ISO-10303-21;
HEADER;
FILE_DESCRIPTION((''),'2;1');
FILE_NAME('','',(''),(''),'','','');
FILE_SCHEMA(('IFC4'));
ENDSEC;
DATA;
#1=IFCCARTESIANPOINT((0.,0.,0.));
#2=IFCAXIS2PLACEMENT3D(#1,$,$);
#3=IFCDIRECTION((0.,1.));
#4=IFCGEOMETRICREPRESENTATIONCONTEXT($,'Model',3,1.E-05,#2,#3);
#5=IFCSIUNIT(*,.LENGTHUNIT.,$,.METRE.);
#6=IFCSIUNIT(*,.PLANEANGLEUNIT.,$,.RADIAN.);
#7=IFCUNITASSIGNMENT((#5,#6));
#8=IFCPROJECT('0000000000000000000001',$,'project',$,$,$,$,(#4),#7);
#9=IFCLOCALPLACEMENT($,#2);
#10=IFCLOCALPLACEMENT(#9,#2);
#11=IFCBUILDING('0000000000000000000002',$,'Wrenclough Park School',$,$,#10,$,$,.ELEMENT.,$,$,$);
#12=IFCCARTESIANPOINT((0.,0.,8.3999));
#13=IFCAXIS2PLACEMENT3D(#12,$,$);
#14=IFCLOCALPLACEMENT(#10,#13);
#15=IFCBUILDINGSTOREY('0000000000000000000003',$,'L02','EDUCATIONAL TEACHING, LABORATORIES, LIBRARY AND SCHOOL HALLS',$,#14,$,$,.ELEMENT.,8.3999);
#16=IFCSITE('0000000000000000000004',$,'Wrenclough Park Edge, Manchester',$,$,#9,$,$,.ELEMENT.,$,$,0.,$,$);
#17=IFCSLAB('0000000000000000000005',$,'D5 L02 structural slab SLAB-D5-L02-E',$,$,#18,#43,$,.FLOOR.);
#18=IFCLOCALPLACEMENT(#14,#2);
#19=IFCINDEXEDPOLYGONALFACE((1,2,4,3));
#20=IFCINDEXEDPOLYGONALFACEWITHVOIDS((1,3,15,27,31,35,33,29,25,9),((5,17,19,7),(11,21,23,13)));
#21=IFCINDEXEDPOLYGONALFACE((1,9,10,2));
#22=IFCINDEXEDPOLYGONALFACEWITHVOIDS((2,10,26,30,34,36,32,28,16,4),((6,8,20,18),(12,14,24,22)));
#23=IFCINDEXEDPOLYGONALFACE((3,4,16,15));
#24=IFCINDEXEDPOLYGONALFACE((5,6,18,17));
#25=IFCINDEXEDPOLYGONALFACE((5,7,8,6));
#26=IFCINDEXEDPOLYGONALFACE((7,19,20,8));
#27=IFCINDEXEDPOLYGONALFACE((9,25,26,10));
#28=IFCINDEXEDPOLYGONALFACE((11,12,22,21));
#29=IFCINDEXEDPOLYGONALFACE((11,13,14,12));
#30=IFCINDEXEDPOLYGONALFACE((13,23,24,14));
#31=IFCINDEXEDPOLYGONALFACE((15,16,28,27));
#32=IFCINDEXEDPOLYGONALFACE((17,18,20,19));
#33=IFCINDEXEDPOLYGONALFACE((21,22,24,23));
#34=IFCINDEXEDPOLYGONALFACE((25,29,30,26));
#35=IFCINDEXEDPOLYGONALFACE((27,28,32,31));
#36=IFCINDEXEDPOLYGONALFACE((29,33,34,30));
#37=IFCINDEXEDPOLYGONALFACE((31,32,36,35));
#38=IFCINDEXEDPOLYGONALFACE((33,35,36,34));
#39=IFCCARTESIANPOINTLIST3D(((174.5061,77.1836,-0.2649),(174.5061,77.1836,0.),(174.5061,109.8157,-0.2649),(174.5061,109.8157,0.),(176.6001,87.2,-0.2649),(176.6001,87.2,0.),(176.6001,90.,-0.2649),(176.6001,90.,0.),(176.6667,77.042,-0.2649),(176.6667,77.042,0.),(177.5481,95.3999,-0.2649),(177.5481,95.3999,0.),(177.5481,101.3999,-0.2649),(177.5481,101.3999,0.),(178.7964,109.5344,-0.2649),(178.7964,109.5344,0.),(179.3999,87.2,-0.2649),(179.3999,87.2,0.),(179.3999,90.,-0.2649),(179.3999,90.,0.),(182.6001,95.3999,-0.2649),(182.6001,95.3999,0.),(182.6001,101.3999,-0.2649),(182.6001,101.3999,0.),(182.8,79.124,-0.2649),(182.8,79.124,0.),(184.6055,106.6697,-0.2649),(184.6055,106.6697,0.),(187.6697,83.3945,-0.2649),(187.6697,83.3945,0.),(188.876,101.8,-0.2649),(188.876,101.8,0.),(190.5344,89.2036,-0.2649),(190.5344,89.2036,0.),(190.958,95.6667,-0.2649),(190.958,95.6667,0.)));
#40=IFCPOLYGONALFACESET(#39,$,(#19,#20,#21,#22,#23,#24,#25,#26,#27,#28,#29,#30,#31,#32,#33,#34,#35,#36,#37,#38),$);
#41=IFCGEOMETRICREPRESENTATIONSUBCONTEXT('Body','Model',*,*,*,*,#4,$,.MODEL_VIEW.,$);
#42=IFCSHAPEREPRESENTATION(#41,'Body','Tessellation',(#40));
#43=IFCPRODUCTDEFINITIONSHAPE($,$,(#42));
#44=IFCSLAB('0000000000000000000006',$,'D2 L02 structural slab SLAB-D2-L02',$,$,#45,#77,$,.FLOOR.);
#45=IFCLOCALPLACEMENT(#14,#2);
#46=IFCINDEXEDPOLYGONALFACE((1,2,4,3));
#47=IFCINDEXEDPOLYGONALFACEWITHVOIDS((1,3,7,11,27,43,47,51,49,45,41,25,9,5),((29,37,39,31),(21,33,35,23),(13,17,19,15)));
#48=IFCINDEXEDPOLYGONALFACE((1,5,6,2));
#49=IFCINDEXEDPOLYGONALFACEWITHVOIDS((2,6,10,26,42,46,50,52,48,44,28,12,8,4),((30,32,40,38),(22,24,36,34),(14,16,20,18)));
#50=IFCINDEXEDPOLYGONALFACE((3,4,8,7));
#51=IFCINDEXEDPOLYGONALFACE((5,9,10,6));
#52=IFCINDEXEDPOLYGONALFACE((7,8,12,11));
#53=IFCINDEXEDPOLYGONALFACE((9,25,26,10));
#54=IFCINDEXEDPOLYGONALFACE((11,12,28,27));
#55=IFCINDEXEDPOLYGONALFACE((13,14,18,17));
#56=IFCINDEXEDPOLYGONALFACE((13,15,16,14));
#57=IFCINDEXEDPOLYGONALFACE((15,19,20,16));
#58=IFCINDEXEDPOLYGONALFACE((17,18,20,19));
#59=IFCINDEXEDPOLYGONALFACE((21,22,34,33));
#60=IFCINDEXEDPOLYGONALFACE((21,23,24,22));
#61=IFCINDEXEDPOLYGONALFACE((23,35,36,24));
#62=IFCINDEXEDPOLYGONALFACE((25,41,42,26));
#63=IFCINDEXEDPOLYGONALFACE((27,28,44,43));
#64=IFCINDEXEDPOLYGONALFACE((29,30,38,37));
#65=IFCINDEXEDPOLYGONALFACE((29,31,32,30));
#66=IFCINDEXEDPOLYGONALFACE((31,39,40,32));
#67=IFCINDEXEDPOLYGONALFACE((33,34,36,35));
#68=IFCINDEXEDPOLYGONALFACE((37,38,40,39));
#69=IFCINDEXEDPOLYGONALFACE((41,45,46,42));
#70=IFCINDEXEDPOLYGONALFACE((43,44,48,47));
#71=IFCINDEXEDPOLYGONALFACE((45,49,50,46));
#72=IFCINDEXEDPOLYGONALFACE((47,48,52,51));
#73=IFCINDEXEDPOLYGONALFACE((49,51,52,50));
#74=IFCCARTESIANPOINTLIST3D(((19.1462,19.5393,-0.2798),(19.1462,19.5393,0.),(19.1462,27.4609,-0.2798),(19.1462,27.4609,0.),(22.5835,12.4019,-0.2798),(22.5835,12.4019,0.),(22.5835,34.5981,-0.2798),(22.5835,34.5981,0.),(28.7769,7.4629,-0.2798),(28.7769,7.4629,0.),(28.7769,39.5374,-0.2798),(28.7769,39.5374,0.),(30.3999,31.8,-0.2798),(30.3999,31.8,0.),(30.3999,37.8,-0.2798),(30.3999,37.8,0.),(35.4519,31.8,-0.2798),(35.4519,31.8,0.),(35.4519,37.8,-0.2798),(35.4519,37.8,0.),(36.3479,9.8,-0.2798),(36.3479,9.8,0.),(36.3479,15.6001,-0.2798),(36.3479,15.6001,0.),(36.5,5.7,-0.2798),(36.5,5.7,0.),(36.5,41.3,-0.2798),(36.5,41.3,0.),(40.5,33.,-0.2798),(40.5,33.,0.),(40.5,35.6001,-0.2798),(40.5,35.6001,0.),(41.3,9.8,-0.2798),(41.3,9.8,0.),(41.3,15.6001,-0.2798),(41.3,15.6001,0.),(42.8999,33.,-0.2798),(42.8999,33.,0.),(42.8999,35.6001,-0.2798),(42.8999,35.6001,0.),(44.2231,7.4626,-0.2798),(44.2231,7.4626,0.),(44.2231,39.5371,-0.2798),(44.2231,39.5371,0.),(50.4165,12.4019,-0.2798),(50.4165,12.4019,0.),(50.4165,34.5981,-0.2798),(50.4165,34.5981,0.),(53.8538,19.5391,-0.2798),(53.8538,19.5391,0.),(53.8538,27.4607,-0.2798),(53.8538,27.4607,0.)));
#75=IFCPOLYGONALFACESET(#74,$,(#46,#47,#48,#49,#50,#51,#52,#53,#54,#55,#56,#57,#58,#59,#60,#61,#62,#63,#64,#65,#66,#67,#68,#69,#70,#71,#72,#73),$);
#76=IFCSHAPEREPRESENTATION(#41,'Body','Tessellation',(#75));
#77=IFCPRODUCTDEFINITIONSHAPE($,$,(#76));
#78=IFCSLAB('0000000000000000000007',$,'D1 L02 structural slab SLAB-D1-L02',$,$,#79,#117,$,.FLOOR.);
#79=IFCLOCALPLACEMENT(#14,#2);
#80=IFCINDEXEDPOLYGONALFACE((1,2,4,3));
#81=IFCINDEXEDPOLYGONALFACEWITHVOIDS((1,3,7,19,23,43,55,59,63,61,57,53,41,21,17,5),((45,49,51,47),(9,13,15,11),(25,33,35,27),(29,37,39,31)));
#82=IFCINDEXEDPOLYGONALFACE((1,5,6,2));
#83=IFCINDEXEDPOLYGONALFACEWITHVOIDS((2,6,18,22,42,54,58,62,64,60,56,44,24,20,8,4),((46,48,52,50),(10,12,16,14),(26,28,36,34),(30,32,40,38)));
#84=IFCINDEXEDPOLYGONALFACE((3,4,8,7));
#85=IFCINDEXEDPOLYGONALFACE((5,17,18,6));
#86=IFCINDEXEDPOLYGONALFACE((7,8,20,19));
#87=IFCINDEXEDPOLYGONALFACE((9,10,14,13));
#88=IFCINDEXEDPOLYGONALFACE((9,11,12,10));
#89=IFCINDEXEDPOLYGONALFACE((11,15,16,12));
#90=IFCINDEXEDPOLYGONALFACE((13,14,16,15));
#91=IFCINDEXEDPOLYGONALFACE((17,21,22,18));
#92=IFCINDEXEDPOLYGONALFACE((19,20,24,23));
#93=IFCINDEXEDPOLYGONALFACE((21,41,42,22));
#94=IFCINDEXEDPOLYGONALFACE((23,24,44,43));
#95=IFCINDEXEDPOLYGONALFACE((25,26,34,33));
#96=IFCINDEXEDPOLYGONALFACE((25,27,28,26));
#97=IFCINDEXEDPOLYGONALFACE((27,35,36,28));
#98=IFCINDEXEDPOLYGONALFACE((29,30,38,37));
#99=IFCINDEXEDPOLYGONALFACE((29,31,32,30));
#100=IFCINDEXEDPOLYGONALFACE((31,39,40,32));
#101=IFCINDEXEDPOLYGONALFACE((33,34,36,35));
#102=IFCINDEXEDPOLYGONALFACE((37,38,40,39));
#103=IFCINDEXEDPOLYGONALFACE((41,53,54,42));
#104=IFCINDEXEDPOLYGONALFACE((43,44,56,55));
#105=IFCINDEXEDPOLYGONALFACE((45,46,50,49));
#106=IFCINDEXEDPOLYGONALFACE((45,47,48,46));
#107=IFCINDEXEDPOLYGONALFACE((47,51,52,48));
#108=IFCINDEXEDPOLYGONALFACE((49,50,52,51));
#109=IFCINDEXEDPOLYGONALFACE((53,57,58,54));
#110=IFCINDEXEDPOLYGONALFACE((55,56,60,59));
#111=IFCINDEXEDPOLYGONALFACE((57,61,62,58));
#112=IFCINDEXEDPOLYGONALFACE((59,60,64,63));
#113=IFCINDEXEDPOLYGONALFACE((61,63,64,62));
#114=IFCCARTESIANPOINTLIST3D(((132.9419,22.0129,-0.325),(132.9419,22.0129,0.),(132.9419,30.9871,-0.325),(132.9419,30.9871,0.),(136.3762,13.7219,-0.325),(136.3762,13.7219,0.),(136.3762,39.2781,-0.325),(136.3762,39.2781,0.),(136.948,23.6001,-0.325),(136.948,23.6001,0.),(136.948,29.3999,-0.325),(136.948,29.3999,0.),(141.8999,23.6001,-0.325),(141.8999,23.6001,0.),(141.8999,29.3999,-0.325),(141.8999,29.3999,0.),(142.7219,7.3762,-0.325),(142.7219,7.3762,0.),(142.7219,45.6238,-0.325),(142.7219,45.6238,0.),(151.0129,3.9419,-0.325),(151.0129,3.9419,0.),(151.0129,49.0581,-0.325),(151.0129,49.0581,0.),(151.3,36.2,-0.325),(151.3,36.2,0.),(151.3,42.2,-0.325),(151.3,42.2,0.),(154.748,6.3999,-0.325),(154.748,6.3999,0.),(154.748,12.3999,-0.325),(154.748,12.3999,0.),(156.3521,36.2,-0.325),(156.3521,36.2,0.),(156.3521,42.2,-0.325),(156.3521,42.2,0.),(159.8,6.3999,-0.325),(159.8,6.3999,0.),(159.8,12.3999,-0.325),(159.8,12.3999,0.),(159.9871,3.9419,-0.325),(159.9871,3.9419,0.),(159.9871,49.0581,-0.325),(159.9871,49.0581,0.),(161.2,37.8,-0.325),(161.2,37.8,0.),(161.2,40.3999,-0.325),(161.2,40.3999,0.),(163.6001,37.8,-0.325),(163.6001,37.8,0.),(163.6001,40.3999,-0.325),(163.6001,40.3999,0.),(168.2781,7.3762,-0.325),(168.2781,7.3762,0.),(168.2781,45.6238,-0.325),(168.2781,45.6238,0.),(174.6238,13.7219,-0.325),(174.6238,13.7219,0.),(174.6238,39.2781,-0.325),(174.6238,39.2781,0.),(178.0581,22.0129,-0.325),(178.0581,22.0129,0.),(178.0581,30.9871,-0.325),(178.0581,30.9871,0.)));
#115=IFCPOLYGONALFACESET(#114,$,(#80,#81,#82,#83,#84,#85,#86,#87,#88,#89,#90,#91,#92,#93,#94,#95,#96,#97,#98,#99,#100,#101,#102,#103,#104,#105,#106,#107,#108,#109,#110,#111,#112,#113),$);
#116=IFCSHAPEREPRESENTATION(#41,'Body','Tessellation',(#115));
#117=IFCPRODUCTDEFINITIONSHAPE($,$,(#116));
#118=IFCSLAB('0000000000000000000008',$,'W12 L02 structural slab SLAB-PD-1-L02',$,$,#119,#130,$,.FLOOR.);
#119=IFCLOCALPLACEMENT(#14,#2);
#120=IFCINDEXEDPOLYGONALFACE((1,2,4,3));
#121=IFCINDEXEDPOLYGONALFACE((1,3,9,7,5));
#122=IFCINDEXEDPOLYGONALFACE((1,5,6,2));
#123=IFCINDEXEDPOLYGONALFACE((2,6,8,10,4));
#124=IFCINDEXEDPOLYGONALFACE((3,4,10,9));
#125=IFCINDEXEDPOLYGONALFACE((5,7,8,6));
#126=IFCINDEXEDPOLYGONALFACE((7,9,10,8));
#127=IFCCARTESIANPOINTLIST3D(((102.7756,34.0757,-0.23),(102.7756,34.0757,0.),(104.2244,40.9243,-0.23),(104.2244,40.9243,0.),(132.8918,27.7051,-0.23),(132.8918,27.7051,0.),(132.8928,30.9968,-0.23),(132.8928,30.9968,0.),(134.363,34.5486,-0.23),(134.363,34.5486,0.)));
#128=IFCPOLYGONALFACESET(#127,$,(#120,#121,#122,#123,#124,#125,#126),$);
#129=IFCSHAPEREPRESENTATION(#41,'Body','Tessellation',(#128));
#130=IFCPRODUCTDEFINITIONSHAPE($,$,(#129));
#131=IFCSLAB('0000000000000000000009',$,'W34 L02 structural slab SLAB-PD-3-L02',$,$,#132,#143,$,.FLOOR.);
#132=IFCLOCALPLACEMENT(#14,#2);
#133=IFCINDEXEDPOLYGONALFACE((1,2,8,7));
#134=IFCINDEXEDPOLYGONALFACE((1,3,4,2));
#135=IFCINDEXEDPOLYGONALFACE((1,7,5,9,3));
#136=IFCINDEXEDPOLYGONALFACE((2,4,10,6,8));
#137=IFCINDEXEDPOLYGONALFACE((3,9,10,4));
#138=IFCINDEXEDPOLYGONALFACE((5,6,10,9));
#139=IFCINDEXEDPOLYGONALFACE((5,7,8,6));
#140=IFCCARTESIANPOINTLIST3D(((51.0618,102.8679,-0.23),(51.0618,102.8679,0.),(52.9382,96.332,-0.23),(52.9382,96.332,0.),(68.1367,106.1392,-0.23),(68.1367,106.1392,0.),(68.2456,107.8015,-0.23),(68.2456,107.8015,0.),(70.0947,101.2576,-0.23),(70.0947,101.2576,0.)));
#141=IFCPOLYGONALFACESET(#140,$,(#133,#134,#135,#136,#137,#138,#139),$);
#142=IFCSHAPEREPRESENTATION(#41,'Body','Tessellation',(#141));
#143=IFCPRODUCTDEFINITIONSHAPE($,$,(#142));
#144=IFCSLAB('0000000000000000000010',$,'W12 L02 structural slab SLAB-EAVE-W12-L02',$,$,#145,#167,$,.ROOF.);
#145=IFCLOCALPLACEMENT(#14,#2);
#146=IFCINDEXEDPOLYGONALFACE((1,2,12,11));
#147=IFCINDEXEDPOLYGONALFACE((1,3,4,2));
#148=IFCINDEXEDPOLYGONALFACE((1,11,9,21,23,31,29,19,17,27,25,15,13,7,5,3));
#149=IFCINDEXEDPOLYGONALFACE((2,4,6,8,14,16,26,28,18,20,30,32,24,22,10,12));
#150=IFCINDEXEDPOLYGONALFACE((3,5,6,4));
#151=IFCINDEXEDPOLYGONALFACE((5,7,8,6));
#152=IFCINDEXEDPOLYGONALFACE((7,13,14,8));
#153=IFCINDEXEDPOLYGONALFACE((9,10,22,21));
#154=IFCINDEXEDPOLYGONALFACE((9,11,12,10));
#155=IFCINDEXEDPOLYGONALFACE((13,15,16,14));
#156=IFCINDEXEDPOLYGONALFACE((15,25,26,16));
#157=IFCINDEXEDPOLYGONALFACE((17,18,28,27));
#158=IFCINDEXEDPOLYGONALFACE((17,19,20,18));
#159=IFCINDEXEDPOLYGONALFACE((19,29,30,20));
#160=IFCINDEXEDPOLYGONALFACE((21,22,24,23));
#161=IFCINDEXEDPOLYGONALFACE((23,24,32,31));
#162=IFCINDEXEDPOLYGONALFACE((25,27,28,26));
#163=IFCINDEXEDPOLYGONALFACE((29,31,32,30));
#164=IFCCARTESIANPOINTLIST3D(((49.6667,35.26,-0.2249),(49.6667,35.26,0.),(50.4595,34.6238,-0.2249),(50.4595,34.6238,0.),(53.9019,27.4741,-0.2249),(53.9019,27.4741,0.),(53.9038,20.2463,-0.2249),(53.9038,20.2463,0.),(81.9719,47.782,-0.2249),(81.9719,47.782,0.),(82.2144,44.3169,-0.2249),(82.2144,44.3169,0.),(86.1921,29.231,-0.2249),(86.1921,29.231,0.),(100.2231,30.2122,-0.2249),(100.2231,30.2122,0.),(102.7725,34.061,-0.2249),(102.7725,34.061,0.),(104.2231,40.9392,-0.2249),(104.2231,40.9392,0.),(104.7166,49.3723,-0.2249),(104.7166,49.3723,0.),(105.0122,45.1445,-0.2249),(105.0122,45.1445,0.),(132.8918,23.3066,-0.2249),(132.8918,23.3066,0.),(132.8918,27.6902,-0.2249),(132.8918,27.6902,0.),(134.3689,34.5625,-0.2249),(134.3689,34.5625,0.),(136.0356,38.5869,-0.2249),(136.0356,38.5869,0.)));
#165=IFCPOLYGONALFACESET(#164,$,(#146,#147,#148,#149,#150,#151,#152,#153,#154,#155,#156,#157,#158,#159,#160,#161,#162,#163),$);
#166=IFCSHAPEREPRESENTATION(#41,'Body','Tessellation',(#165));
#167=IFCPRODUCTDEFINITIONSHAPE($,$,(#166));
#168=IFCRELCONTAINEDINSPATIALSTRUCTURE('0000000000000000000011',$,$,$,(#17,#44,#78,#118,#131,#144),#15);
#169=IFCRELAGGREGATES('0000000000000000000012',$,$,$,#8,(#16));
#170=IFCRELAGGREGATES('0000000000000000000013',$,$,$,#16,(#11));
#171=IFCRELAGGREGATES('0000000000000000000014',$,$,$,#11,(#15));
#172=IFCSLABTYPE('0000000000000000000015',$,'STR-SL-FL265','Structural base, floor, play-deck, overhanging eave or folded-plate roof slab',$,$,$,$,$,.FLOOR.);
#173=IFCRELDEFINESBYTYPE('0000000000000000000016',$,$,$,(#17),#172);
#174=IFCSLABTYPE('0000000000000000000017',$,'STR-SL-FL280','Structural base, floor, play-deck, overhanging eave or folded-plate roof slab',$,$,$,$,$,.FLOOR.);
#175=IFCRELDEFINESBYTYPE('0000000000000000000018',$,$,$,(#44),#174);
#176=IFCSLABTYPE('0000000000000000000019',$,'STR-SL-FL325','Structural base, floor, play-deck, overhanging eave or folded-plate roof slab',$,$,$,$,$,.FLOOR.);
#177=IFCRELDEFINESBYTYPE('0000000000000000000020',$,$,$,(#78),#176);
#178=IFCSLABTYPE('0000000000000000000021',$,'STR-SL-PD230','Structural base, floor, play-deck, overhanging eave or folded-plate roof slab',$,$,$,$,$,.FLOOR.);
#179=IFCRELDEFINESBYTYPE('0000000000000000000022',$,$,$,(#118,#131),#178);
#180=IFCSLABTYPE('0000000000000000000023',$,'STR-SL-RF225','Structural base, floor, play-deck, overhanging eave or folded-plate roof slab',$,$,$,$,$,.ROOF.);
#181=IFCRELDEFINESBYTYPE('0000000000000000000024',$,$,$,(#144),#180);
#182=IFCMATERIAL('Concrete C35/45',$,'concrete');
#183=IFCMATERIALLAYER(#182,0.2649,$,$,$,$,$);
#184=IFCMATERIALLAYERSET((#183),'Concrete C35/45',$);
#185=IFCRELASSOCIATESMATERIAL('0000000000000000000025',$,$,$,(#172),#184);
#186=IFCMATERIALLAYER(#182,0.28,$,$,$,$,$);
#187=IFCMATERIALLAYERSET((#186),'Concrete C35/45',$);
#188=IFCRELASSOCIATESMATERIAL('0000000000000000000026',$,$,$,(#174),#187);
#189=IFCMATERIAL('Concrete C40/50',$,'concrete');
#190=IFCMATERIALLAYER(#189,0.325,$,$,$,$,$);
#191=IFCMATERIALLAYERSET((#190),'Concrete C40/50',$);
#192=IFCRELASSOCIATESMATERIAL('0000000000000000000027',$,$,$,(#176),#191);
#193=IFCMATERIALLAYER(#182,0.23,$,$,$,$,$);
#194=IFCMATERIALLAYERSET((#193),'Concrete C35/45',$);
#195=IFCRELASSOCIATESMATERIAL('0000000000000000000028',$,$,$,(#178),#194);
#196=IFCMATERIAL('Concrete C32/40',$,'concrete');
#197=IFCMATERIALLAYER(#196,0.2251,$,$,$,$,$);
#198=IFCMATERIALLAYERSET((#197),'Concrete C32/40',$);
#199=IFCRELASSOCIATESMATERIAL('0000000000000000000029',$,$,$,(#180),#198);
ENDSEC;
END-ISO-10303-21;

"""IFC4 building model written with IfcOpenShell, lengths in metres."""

from ifc_helpers import new_model, si_unit, direction, frame, origin, place, context, subcontext, project, spatial, polyline, outline, extrude, material, layer, layer_set, type_object, element, save


model = new_model("IFC4")

# Units and contexts
model_context = context("Model", 3, precision=1e-05, world=origin(), true_north=direction((0.0, 1.0)))
body_context = subcontext(model_context, "Body", "Model", "MODEL_VIEW")
ifc_project = project(units=[si_unit("LENGTHUNIT", "METRE"), si_unit("PLANEANGLEUNIT", "RADIAN")], contexts=[model_context])

# Site, building, storey
site_placement = place(None, origin())
site = spatial("IfcSite", under=ifc_project, at=site_placement, Name="Wrenclough Park Edge, Manchester", CompositionType="ELEMENT", RefElevation=0.0)
building_placement = place(site_placement, origin())
building = spatial("IfcBuilding", under=site, at=building_placement, Name="Wrenclough Park School", CompositionType="ELEMENT")
storey_placement = place(building_placement, frame((0.0, 0.0, 8.3999)))
storey = spatial("IfcBuildingStorey", under=building, at=storey_placement, Name="L02", Description="EDUCATIONAL TEACHING, LABORATORIES, LIBRARY AND SCHOOL HALLS", CompositionType="ELEMENT", Elevation=8.3999)

# Slabs
ifc_material_1 = material(Name="Concrete C32/40", Category="concrete")
ifc_material_2 = material(Name="Concrete C35/45", Category="concrete")
ifc_layer_1 = layer(ifc_material_2, 0.2649)
ifc_layer_set_1 = layer_set([ifc_layer_1], Name="Concrete C35/45")
slab_type_1 = type_object("IfcSlabType", Name="STR-SL-FL265", Description="Structural base, floor, play-deck, overhanging eave or folded-plate roof slab", PredefinedType="FLOOR", material=ifc_layer_set_1)
slab_1_placement = place(storey_placement, frame((0.0, 0.0, -0.2649)))
element("IfcSlab", 1, at=slab_1_placement, inside=storey, type_object=slab_type_1, Name="D5 L02 structural slab SLAB-D5-L02-E", PredefinedType="FLOOR", context=body_context, shape_type="SweptSolid", body=[
    extrude(outline(polyline([(178.7964, 109.5344), (174.5061, 109.8157), (174.5061, 77.1836), (176.6667, 77.042), (182.8, 79.124), (187.6697, 83.3945), (190.5344, 89.2036), (190.958, 95.6667), (188.876, 101.8), (184.6055, 106.6697), (178.7964, 109.5344)]), holes=[polyline([(176.6001, 87.2), (179.3999, 87.2), (179.3999, 90.0), (176.6001, 90.0), (176.6001, 87.2)]), polyline([(177.5481, 95.3999), (182.6001, 95.3999), (182.6001, 101.3999), (177.5481, 101.3999), (177.5481, 95.3999)])]), origin(), (0.0, 0.0, 1.0), 0.2649),
])
ifc_layer_2 = layer(ifc_material_2, 0.28)
ifc_layer_set_2 = layer_set([ifc_layer_2], Name="Concrete C35/45")
slab_type_2 = type_object("IfcSlabType", Name="STR-SL-FL280", Description="Structural base, floor, play-deck, overhanging eave or folded-plate roof slab", PredefinedType="FLOOR", material=ifc_layer_set_2)
slab_2_placement = place(storey_placement, frame((0.0, 0.0, -0.2798)))
element("IfcSlab", 2, at=slab_2_placement, inside=storey, type_object=slab_type_2, Name="D2 L02 structural slab SLAB-D2-L02", PredefinedType="FLOOR", context=body_context, shape_type="SweptSolid", body=[
    extrude(outline(polyline([(53.8538, 27.4607), (50.4165, 34.5981), (44.2231, 39.5371), (36.5, 41.3), (28.7769, 39.5374), (22.5835, 34.5981), (19.1462, 27.4609), (19.1462, 19.5393), (22.5835, 12.4019), (28.7769, 7.4629), (36.5, 5.7), (44.2231, 7.4626), (50.4165, 12.4019), (53.8538, 19.5391), (53.8538, 27.4607)]), holes=[polyline([(30.3999, 31.8), (35.4519, 31.8), (35.4519, 37.8), (30.3999, 37.8), (30.3999, 31.8)]), polyline([(40.5, 33.0), (42.8999, 33.0), (42.8999, 35.6001), (40.5, 35.6001), (40.5, 33.0)]), polyline([(36.3479, 9.8), (41.3, 9.8), (41.3, 15.6001), (36.3479, 15.6001), (36.3479, 9.8)])]), origin(), (0.0, 0.0, 1.0), 0.2798),
])
ifc_material_3 = material(Name="Concrete C40/50", Category="concrete")
ifc_layer_3 = layer(ifc_material_3, 0.325)
ifc_layer_set_3 = layer_set([ifc_layer_3], Name="Concrete C40/50")
slab_type_3 = type_object("IfcSlabType", Name="STR-SL-FL325", Description="Structural base, floor, play-deck, overhanging eave or folded-plate roof slab", PredefinedType="FLOOR", material=ifc_layer_set_3)
slab_3_placement = place(storey_placement, frame((0.0, 0.0, -0.325)))
element("IfcSlab", 3, at=slab_3_placement, inside=storey, type_object=slab_type_3, Name="D1 L02 structural slab SLAB-D1-L02", PredefinedType="FLOOR", context=body_context, shape_type="SweptSolid", body=[
    extrude(outline(polyline([(178.0581, 30.9871), (174.6238, 39.2781), (168.2781, 45.6238), (159.9871, 49.0581), (151.0129, 49.0581), (142.7219, 45.6238), (136.3762, 39.2781), (132.9419, 30.9871), (132.9419, 22.0129), (136.3762, 13.7219), (142.7219, 7.3762), (151.0129, 3.9419), (159.9871, 3.9419), (168.2781, 7.3762), (174.6238, 13.7219), (178.0581, 22.0129), (178.0581, 30.9871)]), holes=[polyline([(151.3, 36.2), (156.3521, 36.2), (156.3521, 42.2), (151.3, 42.2), (151.3, 36.2)]), polyline([(161.2, 37.8), (163.6001, 37.8), (163.6001, 40.3999), (161.2, 40.3999), (161.2, 37.8)]), polyline([(154.748, 6.3999), (159.8, 6.3999), (159.8, 12.3999), (154.748, 12.3999), (154.748, 6.3999)]), polyline([(136.948, 23.6001), (141.8999, 23.6001), (141.8999, 29.3999), (136.948, 29.3999), (136.948, 23.6001)])]), origin(), (0.0, 0.0, 1.0), 0.325),
])
ifc_layer_4 = layer(ifc_material_2, 0.23)
ifc_layer_set_4 = layer_set([ifc_layer_4], Name="Concrete C35/45")
slab_type_4 = type_object("IfcSlabType", Name="STR-SL-PD230", Description="Structural base, floor, play-deck, overhanging eave or folded-plate roof slab", PredefinedType="FLOOR", material=ifc_layer_set_4)
slab_4_placement = place(storey_placement, frame((0.0, 0.0, -0.23)))
element("IfcSlab", 4, at=slab_4_placement, inside=storey, type_object=slab_type_4, Name="W12 L02 structural slab SLAB-PD-1-L02", PredefinedType="FLOOR", context=body_context, shape_type="SweptSolid", body=[
    extrude(outline(polyline([(102.7756, 34.0757), (132.8918, 27.7051), (132.8928, 30.9968), (134.363, 34.5486), (104.2244, 40.9243), (102.7756, 34.0757)])), origin(), (0.0, 0.0, 1.0), 0.23),
])
slab_5_placement = place(storey_placement, frame((0.0, 0.0, -0.23)))
element("IfcSlab", 5, at=slab_5_placement, inside=storey, type_object=slab_type_4, Name="W34 L02 structural slab SLAB-PD-3-L02", PredefinedType="FLOOR", context=body_context, shape_type="SweptSolid", body=[
    extrude(outline(polyline([(52.9382, 96.332), (70.0947, 101.2576), (68.1367, 106.1392), (68.2456, 107.8015), (51.0618, 102.8679), (52.9382, 96.332)])), origin(), (0.0, 0.0, 1.0), 0.23),
])
ifc_layer_5 = layer(ifc_material_1, 0.2251)
ifc_layer_set_5 = layer_set([ifc_layer_5], Name="Concrete C32/40")
slab_type_5 = type_object("IfcSlabType", Name="STR-SL-RF225", Description="Structural base, floor, play-deck, overhanging eave or folded-plate roof slab", PredefinedType="ROOF", material=ifc_layer_set_5)
slab_6_placement = place(storey_placement, frame((0.0, 0.0, -0.2249)))
element("IfcSlab", 6, at=slab_6_placement, inside=storey, type_object=slab_type_5, Name="W12 L02 structural slab SLAB-EAVE-W12-L02", PredefinedType="ROOF", context=body_context, shape_type="SweptSolid", body=[
    extrude(outline(polyline([(86.1921, 29.231), (100.2231, 30.2122), (132.8918, 23.3066), (132.8918, 27.6902), (102.7725, 34.061), (104.2231, 40.9392), (134.3689, 34.5625), (136.0356, 38.5869), (105.0122, 45.1445), (104.7166, 49.3723), (81.9719, 47.782), (82.2144, 44.3169), (49.6667, 35.26), (50.4595, 34.6238), (53.9019, 27.4741), (53.9038, 20.2463), (86.1921, 29.231)])), origin(), (0.0, 0.0, 1.0), 0.2249),
])

save(model, "model.ifc")
